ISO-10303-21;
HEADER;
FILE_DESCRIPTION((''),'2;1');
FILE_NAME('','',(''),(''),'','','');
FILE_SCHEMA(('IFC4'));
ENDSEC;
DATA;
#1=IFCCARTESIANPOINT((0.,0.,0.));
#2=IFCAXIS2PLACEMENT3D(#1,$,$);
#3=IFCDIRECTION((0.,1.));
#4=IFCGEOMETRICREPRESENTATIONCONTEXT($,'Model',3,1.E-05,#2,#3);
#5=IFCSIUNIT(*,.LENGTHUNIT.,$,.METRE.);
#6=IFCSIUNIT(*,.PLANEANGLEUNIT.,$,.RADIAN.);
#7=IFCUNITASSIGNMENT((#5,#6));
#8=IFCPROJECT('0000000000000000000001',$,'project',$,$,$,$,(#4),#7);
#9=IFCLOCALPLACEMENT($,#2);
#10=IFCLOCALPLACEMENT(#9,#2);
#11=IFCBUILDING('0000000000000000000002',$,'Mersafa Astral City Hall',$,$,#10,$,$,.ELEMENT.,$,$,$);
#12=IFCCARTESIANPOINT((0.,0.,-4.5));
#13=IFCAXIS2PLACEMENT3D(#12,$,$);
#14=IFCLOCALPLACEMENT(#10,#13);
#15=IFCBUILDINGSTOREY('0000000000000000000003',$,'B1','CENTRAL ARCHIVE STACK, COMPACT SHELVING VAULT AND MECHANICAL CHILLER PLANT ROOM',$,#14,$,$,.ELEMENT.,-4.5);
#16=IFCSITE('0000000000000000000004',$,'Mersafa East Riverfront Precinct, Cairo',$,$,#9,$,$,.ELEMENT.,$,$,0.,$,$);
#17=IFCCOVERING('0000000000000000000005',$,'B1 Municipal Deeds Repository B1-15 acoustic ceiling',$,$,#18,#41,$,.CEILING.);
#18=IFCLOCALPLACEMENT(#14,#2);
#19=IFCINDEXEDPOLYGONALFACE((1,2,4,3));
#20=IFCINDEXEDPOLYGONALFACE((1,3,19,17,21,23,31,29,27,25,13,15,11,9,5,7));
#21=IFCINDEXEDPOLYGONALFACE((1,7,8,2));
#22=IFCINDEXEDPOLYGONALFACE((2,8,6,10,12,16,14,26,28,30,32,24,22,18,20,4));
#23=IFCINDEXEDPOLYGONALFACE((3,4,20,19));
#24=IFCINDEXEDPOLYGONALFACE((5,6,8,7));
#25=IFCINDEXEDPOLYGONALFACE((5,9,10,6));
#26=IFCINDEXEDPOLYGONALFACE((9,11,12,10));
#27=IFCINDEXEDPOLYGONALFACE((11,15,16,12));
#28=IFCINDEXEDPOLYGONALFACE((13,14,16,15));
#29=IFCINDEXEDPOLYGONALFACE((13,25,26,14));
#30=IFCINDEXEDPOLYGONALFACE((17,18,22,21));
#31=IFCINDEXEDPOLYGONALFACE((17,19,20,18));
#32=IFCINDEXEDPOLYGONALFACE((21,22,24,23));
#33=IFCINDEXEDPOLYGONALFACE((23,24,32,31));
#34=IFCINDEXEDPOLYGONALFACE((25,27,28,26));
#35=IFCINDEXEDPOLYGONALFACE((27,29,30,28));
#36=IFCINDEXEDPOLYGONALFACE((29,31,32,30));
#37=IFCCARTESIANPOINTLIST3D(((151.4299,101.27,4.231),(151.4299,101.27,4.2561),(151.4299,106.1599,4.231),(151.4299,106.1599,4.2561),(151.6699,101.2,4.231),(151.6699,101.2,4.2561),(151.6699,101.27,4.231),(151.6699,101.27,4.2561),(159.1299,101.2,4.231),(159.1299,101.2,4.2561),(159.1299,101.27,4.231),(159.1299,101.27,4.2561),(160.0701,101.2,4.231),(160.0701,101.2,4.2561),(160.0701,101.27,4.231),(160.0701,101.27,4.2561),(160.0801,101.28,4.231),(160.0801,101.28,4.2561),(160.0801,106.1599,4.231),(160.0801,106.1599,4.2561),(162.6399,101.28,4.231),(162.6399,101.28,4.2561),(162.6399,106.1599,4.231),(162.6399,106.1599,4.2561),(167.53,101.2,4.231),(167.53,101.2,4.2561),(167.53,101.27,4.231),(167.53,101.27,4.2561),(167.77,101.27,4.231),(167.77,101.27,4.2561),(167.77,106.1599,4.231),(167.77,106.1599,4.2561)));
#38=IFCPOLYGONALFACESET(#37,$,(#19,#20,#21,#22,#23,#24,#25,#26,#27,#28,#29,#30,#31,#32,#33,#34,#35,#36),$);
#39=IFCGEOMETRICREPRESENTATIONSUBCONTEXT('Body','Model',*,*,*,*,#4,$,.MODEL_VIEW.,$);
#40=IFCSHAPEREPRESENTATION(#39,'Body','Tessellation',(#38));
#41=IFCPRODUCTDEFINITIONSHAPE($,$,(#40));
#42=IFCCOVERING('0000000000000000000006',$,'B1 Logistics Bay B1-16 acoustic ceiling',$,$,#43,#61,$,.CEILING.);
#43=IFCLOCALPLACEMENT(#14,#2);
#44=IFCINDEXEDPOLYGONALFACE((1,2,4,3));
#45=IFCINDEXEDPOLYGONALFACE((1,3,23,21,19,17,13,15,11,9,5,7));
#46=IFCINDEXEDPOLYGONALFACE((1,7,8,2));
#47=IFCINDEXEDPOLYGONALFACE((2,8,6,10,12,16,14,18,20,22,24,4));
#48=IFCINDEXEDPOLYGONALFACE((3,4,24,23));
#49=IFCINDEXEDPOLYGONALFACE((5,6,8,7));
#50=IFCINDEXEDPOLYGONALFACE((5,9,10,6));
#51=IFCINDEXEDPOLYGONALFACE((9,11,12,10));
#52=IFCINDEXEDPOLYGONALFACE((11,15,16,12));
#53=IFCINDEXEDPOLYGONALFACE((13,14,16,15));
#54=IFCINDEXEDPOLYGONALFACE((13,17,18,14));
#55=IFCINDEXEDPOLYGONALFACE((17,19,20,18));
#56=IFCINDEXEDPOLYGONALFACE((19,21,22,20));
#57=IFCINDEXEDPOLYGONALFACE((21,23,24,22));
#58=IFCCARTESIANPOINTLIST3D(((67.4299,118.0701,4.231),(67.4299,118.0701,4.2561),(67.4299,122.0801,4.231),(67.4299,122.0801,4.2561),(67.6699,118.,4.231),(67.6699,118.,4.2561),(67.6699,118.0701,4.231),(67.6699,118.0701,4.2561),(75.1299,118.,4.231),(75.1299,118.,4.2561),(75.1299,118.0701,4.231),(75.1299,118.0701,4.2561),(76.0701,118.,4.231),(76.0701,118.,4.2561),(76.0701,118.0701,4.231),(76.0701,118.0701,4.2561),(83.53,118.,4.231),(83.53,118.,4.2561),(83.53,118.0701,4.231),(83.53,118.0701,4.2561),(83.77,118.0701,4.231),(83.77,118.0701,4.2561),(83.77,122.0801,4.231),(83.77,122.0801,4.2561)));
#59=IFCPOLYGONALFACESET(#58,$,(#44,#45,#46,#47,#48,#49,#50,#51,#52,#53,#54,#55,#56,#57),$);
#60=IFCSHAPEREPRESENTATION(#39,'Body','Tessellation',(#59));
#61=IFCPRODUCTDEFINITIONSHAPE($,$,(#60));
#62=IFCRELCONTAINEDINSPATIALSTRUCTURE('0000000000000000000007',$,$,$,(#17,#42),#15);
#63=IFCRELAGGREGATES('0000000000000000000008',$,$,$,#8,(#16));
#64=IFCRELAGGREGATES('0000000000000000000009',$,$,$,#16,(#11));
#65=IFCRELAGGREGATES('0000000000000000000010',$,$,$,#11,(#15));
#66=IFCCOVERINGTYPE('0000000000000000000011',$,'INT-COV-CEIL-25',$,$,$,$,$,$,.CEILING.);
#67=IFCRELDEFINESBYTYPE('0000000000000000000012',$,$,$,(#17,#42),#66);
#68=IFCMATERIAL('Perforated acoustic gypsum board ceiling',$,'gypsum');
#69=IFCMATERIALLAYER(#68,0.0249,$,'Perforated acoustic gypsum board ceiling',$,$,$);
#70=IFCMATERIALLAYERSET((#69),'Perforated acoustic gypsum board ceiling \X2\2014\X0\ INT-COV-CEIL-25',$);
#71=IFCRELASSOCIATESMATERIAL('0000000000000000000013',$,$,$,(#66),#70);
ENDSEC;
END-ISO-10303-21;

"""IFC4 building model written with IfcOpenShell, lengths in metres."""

from ifc_helpers import new_model, si_unit, direction, frame, origin, place, context, subcontext, project, spatial, polyline, outline, extrude, material, layer, layer_set, type_object, element, save


model = new_model("IFC4")

# Units and contexts
model_context = context("Model", 3, precision=1e-05, world=origin(), true_north=direction((0.0, 1.0)))
body_context = subcontext(model_context, "Body", "Model", "MODEL_VIEW")
ifc_project = project(units=[si_unit("LENGTHUNIT", "METRE"), si_unit("PLANEANGLEUNIT", "RADIAN")], contexts=[model_context])

# Site, building, storey
site_placement = place(None, origin())
site = spatial("IfcSite", under=ifc_project, at=site_placement, Name="Mersafa East Riverfront Precinct, Cairo", CompositionType="ELEMENT", RefElevation=0.0)
building_placement = place(site_placement, origin())
building = spatial("IfcBuilding", under=site, at=building_placement, Name="Mersafa Astral City Hall", CompositionType="ELEMENT")
storey_placement = place(building_placement, frame((0.0, 0.0, -4.5)))
storey = spatial("IfcBuildingStorey", under=building, at=storey_placement, Name="B1", Description="CENTRAL ARCHIVE STACK, COMPACT SHELVING VAULT AND MECHANICAL CHILLER PLANT ROOM", CompositionType="ELEMENT", Elevation=-4.5)

# Coverings
ifc_material_1 = material(Name="Perforated acoustic gypsum board ceiling", Category="gypsum")
ifc_layer_1 = layer(ifc_material_1, 0.0249, Name="Perforated acoustic gypsum board ceiling")
ifc_layer_set_1 = layer_set([ifc_layer_1], Name="Perforated acoustic gypsum board ceiling — INT-COV-CEIL-25")
covering_type = type_object("IfcCoveringType", Name="INT-COV-CEIL-25", PredefinedType="CEILING", material=ifc_layer_set_1)
covering_1_placement = place(storey_placement, frame((0.0, 0.0, 4.231)))
element("IfcCovering", 1, at=covering_1_placement, inside=storey, type_object=covering_type, Name="B1 Municipal Deeds Repository B1-15 acoustic ceiling", PredefinedType="CEILING", context=body_context, shape_type="SweptSolid", body=[
    extrude(outline(polyline([(160.0801, 106.1599), (160.0801, 101.28), (162.6399, 101.28), (162.6399, 106.1599), (167.77, 106.1599), (167.77, 101.27), (167.53, 101.27), (167.53, 101.2), (160.0701, 101.2), (160.0701, 101.27), (159.1299, 101.27), (159.1299, 101.2), (151.6699, 101.2), (151.6699, 101.27), (151.4299, 101.27), (151.4299, 106.1599), (160.0801, 106.1599)])), origin(), (0.0, 0.0, 1.0), 0.0251),
])
covering_2_placement = place(storey_placement, frame((0.0, 0.0, 4.231)))
element("IfcCovering", 2, at=covering_2_placement, inside=storey, type_object=covering_type, Name="B1 Logistics Bay B1-16 acoustic ceiling", PredefinedType="CEILING", context=body_context, shape_type="SweptSolid", body=[
    extrude(outline(polyline([(83.77, 122.0801), (83.77, 118.0701), (83.53, 118.0701), (83.53, 118.0), (76.0701, 118.0), (76.0701, 118.0701), (75.1299, 118.0701), (75.1299, 118.0), (67.6699, 118.0), (67.6699, 118.0701), (67.4299, 118.0701), (67.4299, 122.0801), (83.77, 122.0801)])), origin(), (0.0, 0.0, 1.0), 0.0251),
])

save(model, "model.ifc")
